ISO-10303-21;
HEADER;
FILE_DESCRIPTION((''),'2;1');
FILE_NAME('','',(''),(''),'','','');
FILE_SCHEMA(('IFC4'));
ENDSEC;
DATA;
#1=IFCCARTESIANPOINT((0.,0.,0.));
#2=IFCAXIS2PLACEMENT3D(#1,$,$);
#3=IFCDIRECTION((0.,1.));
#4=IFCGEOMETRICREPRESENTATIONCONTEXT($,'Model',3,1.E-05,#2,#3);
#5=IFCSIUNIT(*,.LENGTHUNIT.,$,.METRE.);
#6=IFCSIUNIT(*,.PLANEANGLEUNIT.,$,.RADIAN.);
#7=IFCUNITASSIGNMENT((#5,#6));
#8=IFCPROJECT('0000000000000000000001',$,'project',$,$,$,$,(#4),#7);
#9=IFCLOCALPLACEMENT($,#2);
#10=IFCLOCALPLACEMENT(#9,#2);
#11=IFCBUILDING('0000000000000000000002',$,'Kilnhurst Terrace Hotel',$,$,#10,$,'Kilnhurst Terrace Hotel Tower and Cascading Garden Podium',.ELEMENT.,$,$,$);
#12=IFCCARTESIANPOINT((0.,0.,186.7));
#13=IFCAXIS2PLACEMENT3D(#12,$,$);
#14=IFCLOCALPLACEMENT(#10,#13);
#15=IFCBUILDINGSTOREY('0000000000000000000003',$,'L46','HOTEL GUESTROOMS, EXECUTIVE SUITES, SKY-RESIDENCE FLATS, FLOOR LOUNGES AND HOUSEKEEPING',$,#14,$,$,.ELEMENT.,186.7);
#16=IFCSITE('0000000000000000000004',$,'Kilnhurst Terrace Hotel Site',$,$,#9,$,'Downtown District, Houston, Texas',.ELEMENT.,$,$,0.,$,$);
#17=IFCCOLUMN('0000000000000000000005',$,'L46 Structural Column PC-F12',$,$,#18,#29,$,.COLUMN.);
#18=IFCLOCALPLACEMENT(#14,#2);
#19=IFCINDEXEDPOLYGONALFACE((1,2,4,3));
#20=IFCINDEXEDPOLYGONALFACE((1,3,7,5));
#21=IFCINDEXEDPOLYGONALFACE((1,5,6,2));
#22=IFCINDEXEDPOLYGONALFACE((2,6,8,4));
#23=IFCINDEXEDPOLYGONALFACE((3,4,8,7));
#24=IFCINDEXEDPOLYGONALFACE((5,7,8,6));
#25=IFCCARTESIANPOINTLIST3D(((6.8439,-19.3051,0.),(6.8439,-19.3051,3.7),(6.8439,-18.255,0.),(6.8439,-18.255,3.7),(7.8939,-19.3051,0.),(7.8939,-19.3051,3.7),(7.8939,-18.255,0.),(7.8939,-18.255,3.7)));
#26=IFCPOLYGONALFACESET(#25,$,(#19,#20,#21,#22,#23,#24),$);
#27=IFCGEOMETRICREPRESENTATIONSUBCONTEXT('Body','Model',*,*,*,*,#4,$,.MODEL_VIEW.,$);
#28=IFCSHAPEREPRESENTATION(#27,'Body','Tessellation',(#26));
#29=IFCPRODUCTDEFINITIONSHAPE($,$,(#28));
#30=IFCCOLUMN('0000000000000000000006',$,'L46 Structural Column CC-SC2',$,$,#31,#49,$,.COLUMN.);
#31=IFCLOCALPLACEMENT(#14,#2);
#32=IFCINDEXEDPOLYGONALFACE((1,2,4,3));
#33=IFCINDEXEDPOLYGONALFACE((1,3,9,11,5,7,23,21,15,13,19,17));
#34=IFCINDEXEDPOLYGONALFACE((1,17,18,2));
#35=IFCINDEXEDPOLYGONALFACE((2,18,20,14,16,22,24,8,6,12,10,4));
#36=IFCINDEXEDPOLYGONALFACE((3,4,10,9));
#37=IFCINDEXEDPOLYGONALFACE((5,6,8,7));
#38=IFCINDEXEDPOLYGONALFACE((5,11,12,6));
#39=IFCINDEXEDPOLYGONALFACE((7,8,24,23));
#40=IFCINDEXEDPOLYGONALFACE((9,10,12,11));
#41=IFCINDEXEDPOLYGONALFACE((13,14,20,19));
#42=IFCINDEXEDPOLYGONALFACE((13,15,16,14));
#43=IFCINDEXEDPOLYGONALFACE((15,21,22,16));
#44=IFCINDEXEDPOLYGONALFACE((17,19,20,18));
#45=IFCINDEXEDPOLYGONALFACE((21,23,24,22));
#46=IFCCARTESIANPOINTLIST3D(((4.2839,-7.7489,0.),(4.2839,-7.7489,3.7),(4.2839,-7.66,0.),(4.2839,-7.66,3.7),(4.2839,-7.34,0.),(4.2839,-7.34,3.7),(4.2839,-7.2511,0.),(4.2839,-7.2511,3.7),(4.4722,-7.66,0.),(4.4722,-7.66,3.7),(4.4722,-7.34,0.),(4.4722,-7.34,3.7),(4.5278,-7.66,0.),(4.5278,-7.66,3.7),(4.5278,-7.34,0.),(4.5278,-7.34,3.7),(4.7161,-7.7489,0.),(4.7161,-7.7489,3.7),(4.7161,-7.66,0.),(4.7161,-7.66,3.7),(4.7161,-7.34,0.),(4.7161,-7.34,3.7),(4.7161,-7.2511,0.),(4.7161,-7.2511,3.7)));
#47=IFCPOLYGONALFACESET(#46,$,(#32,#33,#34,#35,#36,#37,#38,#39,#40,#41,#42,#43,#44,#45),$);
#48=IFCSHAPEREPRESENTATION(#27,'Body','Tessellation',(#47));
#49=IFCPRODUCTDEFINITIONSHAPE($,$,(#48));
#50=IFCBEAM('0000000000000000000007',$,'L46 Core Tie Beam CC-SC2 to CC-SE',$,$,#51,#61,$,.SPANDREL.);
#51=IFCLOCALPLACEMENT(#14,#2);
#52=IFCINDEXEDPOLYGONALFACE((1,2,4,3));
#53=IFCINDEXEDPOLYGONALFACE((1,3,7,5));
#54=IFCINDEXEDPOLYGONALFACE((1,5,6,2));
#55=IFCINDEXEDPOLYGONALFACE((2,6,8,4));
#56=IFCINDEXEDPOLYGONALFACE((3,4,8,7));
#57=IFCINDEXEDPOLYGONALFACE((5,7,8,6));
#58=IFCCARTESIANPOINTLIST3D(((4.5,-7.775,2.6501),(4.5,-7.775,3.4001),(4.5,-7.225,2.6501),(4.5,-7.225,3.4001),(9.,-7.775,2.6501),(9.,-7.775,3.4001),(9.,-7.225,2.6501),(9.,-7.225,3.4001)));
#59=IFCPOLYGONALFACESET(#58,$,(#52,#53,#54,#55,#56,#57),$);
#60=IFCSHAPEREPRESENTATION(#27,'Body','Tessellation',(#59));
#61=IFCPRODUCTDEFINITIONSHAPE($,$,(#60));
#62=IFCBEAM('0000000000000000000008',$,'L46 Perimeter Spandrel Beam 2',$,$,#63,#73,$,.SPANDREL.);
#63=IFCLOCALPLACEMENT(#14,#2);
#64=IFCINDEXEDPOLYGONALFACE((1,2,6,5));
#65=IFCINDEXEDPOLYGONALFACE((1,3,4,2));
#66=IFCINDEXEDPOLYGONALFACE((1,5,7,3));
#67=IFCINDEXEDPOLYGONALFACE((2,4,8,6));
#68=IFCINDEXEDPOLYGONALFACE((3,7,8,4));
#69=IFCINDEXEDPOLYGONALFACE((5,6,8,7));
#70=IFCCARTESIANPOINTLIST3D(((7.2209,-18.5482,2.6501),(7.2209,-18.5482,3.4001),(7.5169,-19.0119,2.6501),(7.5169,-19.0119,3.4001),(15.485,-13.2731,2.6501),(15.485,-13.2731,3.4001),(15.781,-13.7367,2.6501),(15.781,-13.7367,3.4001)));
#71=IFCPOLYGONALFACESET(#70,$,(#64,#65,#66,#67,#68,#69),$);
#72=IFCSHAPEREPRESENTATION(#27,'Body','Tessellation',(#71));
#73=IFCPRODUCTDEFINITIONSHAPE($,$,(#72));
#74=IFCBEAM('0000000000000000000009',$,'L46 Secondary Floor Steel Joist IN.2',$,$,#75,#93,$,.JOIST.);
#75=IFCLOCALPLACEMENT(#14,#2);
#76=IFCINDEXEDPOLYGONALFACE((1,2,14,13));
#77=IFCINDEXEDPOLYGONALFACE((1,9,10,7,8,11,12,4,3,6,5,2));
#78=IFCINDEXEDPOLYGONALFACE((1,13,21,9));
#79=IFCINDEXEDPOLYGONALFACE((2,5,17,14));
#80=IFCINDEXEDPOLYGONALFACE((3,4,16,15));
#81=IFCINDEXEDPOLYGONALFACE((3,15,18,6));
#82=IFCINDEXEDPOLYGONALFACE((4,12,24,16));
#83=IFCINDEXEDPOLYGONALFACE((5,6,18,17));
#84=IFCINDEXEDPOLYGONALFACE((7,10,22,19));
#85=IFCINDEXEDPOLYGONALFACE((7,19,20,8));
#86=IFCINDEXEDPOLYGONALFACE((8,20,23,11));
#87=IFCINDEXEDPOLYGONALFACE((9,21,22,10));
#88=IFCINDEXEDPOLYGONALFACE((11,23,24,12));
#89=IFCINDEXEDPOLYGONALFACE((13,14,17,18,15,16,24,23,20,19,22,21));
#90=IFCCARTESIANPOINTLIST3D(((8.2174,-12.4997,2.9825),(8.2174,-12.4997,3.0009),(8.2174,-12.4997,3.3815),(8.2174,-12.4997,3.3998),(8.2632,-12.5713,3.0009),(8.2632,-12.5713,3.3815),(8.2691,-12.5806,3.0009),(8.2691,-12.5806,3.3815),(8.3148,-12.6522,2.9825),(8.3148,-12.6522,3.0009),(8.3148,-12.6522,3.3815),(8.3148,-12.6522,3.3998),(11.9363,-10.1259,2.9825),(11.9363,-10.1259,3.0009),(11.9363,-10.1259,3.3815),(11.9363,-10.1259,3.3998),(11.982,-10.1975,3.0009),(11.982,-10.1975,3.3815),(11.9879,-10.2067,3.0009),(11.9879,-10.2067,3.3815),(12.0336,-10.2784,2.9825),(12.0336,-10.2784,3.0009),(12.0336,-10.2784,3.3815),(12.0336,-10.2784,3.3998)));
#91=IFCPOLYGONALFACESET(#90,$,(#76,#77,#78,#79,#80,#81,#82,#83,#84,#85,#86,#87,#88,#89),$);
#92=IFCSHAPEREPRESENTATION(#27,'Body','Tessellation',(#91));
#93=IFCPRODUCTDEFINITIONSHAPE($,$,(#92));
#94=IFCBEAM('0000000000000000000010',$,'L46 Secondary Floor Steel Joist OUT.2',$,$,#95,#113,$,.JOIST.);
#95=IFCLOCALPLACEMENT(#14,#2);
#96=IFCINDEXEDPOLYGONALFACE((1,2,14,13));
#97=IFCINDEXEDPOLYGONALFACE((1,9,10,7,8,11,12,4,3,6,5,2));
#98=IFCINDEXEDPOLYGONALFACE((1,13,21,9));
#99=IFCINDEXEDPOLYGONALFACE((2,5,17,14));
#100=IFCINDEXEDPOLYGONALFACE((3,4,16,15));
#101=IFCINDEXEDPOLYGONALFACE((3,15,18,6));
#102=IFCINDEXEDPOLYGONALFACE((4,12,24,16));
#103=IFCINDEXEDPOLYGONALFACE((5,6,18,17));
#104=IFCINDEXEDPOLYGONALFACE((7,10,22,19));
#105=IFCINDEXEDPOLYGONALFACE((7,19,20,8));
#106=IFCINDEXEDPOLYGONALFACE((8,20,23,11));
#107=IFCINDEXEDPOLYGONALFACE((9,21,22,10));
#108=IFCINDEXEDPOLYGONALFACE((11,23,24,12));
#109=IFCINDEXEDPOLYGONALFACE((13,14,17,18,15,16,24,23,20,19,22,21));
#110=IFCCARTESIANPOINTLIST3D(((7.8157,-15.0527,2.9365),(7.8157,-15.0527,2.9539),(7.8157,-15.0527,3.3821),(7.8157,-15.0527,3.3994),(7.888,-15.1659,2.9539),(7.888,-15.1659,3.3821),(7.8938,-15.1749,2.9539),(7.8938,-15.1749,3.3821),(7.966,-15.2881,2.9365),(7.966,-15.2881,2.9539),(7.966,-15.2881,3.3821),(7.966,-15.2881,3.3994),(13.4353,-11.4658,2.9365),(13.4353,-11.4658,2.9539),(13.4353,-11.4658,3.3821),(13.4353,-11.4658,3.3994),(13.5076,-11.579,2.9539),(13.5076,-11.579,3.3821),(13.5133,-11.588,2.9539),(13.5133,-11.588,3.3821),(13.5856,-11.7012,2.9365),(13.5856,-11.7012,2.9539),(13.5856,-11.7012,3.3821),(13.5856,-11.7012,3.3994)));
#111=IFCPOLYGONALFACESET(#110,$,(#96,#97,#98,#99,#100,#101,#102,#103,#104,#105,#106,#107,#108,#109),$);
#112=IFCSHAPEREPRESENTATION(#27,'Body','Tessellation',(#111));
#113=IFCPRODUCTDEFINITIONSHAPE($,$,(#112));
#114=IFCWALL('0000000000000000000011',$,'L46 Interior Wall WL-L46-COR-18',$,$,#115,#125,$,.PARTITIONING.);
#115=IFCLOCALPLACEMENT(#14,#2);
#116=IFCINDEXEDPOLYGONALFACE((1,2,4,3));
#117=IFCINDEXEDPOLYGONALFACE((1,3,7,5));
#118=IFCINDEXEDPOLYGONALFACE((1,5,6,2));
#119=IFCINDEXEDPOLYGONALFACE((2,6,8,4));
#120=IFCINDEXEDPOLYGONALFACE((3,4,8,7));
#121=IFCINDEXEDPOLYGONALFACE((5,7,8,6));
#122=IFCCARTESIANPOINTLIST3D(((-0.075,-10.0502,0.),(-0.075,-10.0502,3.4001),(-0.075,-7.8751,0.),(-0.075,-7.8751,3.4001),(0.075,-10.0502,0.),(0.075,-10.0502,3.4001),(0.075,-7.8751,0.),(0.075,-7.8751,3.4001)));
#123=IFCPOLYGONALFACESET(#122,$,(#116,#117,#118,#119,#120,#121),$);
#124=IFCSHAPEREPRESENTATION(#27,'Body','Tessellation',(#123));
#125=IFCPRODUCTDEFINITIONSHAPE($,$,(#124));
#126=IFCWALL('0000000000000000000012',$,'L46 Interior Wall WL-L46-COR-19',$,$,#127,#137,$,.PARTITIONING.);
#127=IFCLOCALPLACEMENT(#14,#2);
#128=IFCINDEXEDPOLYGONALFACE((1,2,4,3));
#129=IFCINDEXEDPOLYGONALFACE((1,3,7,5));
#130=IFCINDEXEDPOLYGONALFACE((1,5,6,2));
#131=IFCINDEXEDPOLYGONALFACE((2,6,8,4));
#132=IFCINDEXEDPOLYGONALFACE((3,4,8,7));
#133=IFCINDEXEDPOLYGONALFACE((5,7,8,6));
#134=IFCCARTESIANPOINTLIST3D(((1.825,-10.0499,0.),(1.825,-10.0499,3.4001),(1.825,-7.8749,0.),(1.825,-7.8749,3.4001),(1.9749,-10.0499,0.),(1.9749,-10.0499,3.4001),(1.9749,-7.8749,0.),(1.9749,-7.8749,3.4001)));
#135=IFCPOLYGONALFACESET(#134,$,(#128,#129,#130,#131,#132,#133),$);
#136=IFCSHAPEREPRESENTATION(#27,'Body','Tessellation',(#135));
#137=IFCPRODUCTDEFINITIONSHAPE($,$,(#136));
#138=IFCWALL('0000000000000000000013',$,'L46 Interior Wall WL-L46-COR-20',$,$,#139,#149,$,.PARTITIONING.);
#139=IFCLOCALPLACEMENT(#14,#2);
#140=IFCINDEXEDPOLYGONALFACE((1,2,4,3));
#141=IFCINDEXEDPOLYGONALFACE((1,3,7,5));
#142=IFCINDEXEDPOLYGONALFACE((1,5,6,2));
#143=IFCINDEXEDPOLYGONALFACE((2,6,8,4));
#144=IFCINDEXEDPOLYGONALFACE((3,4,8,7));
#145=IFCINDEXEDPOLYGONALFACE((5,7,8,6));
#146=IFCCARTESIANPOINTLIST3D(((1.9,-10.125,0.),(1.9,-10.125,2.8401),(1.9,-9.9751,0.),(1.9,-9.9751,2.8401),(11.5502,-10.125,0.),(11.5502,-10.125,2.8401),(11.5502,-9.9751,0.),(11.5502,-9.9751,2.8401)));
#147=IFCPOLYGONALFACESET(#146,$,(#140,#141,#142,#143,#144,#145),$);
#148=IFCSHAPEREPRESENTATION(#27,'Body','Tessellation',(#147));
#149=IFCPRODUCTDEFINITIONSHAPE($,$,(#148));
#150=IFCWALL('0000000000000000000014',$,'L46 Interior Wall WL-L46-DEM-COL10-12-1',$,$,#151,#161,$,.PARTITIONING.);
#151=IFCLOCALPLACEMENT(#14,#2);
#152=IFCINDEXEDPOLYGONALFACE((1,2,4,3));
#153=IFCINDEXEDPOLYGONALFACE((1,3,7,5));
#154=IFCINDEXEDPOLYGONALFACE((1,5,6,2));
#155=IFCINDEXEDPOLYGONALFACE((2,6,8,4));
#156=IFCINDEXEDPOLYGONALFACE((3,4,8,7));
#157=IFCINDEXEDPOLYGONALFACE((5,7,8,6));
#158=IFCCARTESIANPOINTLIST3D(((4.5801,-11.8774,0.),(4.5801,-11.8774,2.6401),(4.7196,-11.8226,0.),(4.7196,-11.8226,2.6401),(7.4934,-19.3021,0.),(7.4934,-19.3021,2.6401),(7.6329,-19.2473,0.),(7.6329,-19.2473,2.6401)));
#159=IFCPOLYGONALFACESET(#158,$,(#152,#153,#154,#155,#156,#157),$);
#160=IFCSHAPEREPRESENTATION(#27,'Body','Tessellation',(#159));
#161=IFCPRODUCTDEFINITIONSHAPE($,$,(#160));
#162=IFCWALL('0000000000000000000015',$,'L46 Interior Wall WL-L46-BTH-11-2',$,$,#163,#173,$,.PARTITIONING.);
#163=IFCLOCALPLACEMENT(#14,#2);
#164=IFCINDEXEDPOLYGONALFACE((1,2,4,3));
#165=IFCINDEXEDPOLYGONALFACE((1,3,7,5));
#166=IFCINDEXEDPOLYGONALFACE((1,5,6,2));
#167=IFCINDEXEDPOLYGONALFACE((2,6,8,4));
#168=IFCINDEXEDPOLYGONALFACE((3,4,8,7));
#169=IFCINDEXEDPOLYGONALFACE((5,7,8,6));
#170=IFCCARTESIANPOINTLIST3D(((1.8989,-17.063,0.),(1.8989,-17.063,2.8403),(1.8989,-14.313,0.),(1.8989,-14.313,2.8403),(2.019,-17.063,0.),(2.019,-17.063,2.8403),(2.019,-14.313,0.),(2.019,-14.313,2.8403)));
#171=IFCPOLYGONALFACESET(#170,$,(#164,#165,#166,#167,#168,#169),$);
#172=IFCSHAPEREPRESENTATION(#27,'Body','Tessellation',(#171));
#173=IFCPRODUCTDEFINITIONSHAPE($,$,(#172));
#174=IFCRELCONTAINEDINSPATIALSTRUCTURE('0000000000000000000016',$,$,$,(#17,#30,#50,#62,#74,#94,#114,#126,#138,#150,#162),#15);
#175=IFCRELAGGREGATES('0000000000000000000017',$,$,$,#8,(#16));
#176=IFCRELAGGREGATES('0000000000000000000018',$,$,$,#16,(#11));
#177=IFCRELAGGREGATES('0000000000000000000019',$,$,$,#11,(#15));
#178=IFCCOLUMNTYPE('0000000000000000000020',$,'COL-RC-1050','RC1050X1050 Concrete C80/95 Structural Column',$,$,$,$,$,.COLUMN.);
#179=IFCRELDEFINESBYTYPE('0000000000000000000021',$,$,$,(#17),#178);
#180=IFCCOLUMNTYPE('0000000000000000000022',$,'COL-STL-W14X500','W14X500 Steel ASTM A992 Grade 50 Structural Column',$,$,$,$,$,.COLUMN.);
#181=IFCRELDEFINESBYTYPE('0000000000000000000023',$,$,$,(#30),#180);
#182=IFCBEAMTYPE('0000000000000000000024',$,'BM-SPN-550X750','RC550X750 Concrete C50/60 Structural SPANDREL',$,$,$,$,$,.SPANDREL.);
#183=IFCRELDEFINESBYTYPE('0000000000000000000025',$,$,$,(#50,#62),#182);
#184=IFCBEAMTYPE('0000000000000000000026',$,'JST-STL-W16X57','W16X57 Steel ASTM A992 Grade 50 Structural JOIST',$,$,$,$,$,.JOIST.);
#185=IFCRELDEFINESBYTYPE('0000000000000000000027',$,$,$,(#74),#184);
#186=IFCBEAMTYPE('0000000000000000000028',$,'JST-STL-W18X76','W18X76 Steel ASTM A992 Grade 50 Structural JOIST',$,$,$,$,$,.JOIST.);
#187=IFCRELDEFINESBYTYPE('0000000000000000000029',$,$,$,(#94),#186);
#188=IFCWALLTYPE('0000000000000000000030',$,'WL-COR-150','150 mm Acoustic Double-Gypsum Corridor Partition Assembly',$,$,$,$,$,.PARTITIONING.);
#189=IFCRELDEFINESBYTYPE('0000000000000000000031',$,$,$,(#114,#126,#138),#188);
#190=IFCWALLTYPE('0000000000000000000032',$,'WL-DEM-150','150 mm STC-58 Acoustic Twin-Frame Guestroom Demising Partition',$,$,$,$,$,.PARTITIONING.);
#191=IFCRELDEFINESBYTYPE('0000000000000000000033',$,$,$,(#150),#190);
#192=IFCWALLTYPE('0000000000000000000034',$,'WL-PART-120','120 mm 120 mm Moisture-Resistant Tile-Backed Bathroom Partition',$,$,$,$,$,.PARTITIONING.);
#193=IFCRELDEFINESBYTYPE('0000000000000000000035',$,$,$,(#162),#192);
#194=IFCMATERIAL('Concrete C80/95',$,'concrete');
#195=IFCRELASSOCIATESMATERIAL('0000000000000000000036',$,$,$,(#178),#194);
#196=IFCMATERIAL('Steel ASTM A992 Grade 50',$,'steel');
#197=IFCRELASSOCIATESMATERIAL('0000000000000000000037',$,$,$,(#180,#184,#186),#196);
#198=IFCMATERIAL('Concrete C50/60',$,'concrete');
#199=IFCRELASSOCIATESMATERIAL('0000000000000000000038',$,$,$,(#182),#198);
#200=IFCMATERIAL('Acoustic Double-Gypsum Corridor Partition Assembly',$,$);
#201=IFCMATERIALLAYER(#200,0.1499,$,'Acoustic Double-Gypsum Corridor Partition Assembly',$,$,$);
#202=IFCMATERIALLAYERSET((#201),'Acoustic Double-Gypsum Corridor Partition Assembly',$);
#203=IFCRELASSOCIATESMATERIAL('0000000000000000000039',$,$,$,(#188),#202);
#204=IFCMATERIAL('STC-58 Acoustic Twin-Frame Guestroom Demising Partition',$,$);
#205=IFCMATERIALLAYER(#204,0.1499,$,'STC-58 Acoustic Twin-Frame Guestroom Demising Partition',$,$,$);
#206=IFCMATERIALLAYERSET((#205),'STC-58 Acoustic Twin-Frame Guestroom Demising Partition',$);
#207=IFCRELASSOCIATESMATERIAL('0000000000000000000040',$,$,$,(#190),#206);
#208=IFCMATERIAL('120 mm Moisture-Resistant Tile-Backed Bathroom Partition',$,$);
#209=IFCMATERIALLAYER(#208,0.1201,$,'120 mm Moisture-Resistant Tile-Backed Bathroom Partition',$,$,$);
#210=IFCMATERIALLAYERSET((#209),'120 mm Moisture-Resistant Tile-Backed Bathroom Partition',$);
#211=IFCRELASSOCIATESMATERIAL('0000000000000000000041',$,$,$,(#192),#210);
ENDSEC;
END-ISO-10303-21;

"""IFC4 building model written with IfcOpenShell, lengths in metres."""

from ifc_helpers import new_model, si_unit, direction, frame, frame_2d, origin, origin_2d, place, context, subcontext, project, spatial, rectangle, i_section, extrude, material, layer, layer_set, material_profile, profile_set, type_object, element, save


model = new_model("IFC4")

# Units and contexts
model_context = context("Model", 3, precision=1e-05, world=origin(), true_north=direction((0.0, 1.0)))
body_context = subcontext(model_context, "Body", "Model", "MODEL_VIEW")
ifc_project = project(units=[si_unit("LENGTHUNIT", "METRE"), si_unit("PLANEANGLEUNIT", "RADIAN")], contexts=[model_context])

# Site, building, storey
site_placement = place(None, origin())
site = spatial("IfcSite", under=ifc_project, at=site_placement, Name="Kilnhurst Terrace Hotel Site", LongName="Downtown District, Houston, Texas", CompositionType="ELEMENT", RefElevation=0.0)
building_placement = place(site_placement, origin())
building = spatial("IfcBuilding", under=site, at=building_placement, Name="Kilnhurst Terrace Hotel", LongName="Kilnhurst Terrace Hotel Tower and Cascading Garden Podium", CompositionType="ELEMENT")
storey_placement = place(building_placement, frame((0.0, 0.0, 186.7)))
storey = spatial("IfcBuildingStorey", under=building, at=storey_placement, Name="L46", Description="HOTEL GUESTROOMS, EXECUTIVE SUITES, SKY-RESIDENCE FLATS, FLOOR LOUNGES AND HOUSEKEEPING", CompositionType="ELEMENT", Elevation=186.7)

# Columns
ifc_material_1 = material(Name="Concrete C80/95", Category="concrete")
ifc_material_profile_1 = material_profile(ifc_material_1, rectangle(XDim=1.05, YDim=1.05, at=origin_2d()), Name="RC1050X1050")
ifc_profile_set_1 = profile_set([ifc_material_profile_1], Name="Concrete C80/95")
column_type_1 = type_object("IfcColumnType", Name="COL-RC-1050", Description="RC1050X1050 Concrete C80/95 Structural Column", PredefinedType="COLUMN", material=ifc_profile_set_1)
column_1_placement = place(storey_placement, frame((7.3689, -18.78, 0.0), z_axis=(0.0, 0.0, 1.0), x_axis=(1.0, 0.0, 0.0)))
element("IfcColumn", 1, at=column_1_placement, inside=storey, type_object=column_type_1, Name="L46 Structural Column PC-F12", PredefinedType="COLUMN", context=body_context, shape_type="SweptSolid", body=[
    extrude(rectangle(XDim=1.05, YDim=1.05, at=origin_2d()), origin(), (0.0, 0.0, 1.0), 3.7),
])
ifc_material_2 = material(Name="Steel ASTM A992 Grade 50", Category="steel")
ifc_material_profile_2 = material_profile(ifc_material_2, i_section(OverallWidth=0.4321, OverallDepth=0.4978, WebThickness=0.0557, FlangeThickness=0.0889, at=origin_2d()), Name="W14X500")
ifc_profile_set_2 = profile_set([ifc_material_profile_2], Name="Steel ASTM A992 Grade 50")
column_type_2 = type_object("IfcColumnType", Name="COL-STL-W14X500", Description="W14X500 Steel ASTM A992 Grade 50 Structural Column", PredefinedType="COLUMN", material=ifc_profile_set_2)
column_2_placement = place(storey_placement, frame((4.5, -7.5, 0.0), z_axis=(0.0, 0.0, 1.0), x_axis=(1.0, 0.0, 0.0)))
element("IfcColumn", 2, at=column_2_placement, inside=storey, type_object=column_type_2, Name="L46 Structural Column CC-SC2", PredefinedType="COLUMN", context=body_context, shape_type="SweptSolid", body=[
    extrude(i_section(OverallWidth=0.4321, OverallDepth=0.4978, WebThickness=0.0557, FlangeThickness=0.0889, at=origin_2d()), origin(), (0.0, 0.0, 1.0), 3.7),
])

# Beams
ifc_material_3 = material(Name="Concrete C50/60", Category="concrete")
ifc_material_profile_3 = material_profile(ifc_material_3, rectangle(XDim=0.55, YDim=0.75, at=origin_2d()), Name="RC550X750")
ifc_profile_set_3 = profile_set([ifc_material_profile_3], Name="Concrete C50/60")
beam_type_1 = type_object("IfcBeamType", Name="BM-SPN-550X750", Description="RC550X750 Concrete C50/60 Structural SPANDREL", PredefinedType="SPANDREL", material=ifc_profile_set_3)
beam_1_placement = place(storey_placement, frame((4.5, -7.5, 3.0251), z_axis=(1.0, 0.0, 0.0), x_axis=(0.0, 1.0, 0.0)))
element("IfcBeam", 3, at=beam_1_placement, inside=storey, type_object=beam_type_1, Name="L46 Core Tie Beam CC-SC2 to CC-SE", PredefinedType="SPANDREL", context=body_context, shape_type="SweptSolid", body=[
    extrude(rectangle(XDim=0.55, YDim=0.75, at=origin_2d()), origin(), (0.0, 0.0, 1.0), 4.5),
])
beam_2_placement = place(storey_placement, frame((7.3689, -18.78, 3.0251), z_axis=(0.842915, 0.538046, 0.0), x_axis=(-0.538046, 0.842915, 0.0)))
element("IfcBeam", 4, at=beam_2_placement, inside=storey, type_object=beam_type_1, Name="L46 Perimeter Spandrel Beam 2", PredefinedType="SPANDREL", context=body_context, shape_type="SweptSolid", body=[
    extrude(rectangle(XDim=0.55, YDim=0.75, at=origin_2d()), origin(), (0.0, 0.0, 1.0), 9.8042),
])
ifc_material_profile_4 = material_profile(ifc_material_2, i_section(OverallWidth=0.1809, OverallDepth=0.4172, WebThickness=0.011, FlangeThickness=0.0183, at=origin_2d()), Name="W16X57")
ifc_profile_set_4 = profile_set([ifc_material_profile_4], Name="Steel ASTM A992 Grade 50")
beam_type_2 = type_object("IfcBeamType", Name="JST-STL-W16X57", Description="W16X57 Steel ASTM A992 Grade 50 Structural JOIST", PredefinedType="JOIST", material=ifc_profile_set_4)
beam_3_placement = place(storey_placement, frame((8.2661, -12.5759, 3.1912), z_axis=(0.842911, 0.538053, 0.0), x_axis=(-0.538053, 0.842911, 0.0)))
element("IfcBeam", 5, at=beam_3_placement, inside=storey, type_object=beam_type_2, Name="L46 Secondary Floor Steel Joist IN.2", PredefinedType="JOIST", context=body_context, shape_type="SweptSolid", body=[
    extrude(i_section(OverallWidth=0.1809, OverallDepth=0.4172, WebThickness=0.011, FlangeThickness=0.0183, at=origin_2d()), origin(), (0.0, 0.0, 1.0), 4.4119),
])
ifc_material_profile_5 = material_profile(ifc_material_2, i_section(OverallWidth=0.2793, OverallDepth=0.4629, WebThickness=0.0107, FlangeThickness=0.0173, at=origin_2d()), Name="W18X76")
ifc_profile_set_5 = profile_set([ifc_material_profile_5], Name="Steel ASTM A992 Grade 50")
beam_type_3 = type_object("IfcBeamType", Name="JST-STL-W18X76", Description="W18X76 Steel ASTM A992 Grade 50 Structural JOIST", PredefinedType="JOIST", material=ifc_profile_set_5)
beam_4_placement = place(storey_placement, frame((7.8909, -15.1704, 3.168), z_axis=(0.842928, 0.538027, 0.0), x_axis=(-0.538027, 0.842928, 0.0)))
element("IfcBeam", 6, at=beam_4_placement, inside=storey, type_object=beam_type_3, Name="L46 Secondary Floor Steel Joist OUT.2", PredefinedType="JOIST", context=body_context, shape_type="SweptSolid", body=[
    extrude(i_section(OverallWidth=0.2793, OverallDepth=0.4629, WebThickness=0.0107, FlangeThickness=0.0173, at=origin_2d()), origin(), (0.0, 0.0, 1.0), 6.6667),
])

# Walls
ifc_material_4 = material(Name="Acoustic Double-Gypsum Corridor Partition Assembly")
ifc_layer_1 = layer(ifc_material_4, 0.1499, Name="Acoustic Double-Gypsum Corridor Partition Assembly")
ifc_layer_set_1 = layer_set([ifc_layer_1], Name="Acoustic Double-Gypsum Corridor Partition Assembly")
wall_type_1 = type_object("IfcWallType", Name="WL-COR-150", Description="150 mm Acoustic Double-Gypsum Corridor Partition Assembly", PredefinedType="PARTITIONING", material=ifc_layer_set_1)
for number, where, z_axis, x_axis, name in (
    (7, (0.0, -10.05, 0.0), (0.0, 0.0, 1.0), (0.0, 1.0, 0.0), "L46 Interior Wall WL-L46-COR-18"),
    (8, (1.8999, -7.875, 0.0), (0.0, 0.0, 1.0), (0.0, -1.0, 0.0), "L46 Interior Wall WL-L46-COR-19"),
):
    element("IfcWall", number, at=place(storey_placement, frame(where, z_axis=z_axis, x_axis=x_axis)), inside=storey, type_object=wall_type_1, Name=name, PredefinedType="PARTITIONING", context=body_context, shape_type="SweptSolid", body=[
        extrude(rectangle(XDim=2.175, YDim=0.1499, at=frame_2d((1.0874, 0.0))), origin(), (0.0, 0.0, 1.0), 3.4001),
    ])
wall_1_placement = place(storey_placement, frame((1.8999, -10.05, 0.0), z_axis=(0.0, 0.0, 1.0), x_axis=(1.0, 0.0, 0.0)))
element("IfcWall", 9, at=wall_1_placement, inside=storey, type_object=wall_type_1, Name="L46 Interior Wall WL-L46-COR-20", PredefinedType="PARTITIONING", context=body_context, shape_type="SweptSolid", body=[
    extrude(rectangle(XDim=9.6501, YDim=0.1499, at=frame_2d((4.8252, 0.0))), origin(), (0.0, 0.0, 1.0), 2.8401),
])
ifc_material_5 = material(Name="STC-58 Acoustic Twin-Frame Guestroom Demising Partition")
ifc_layer_2 = layer(ifc_material_5, 0.1499, Name="STC-58 Acoustic Twin-Frame Guestroom Demising Partition")
ifc_layer_set_2 = layer_set([ifc_layer_2], Name="STC-58 Acoustic Twin-Frame Guestroom Demising Partition")
wall_type_2 = type_object("IfcWallType", Name="WL-DEM-150", Description="150 mm STC-58 Acoustic Twin-Frame Guestroom Demising Partition", PredefinedType="PARTITIONING", material=ifc_layer_set_2)
wall_2_placement = place(storey_placement, frame((4.6499, -11.8501, 0.0), z_axis=(0.0, 0.0, 1.0), x_axis=(0.365266, -0.930903, 0.0)))
element("IfcWall", 10, at=wall_2_placement, inside=storey, type_object=wall_type_2, Name="L46 Interior Wall WL-L46-DEM-COL10-12-1", PredefinedType="PARTITIONING", context=body_context, shape_type="SweptSolid", body=[
    extrude(rectangle(XDim=7.9758, YDim=0.1499, at=frame_2d((3.9878, 0.0))), origin(), (0.0, 0.0, 1.0), 2.6401),
])
ifc_material_6 = material(Name="120 mm Moisture-Resistant Tile-Backed Bathroom Partition")
ifc_layer_3 = layer(ifc_material_6, 0.1201, Name="120 mm Moisture-Resistant Tile-Backed Bathroom Partition")
ifc_layer_set_3 = layer_set([ifc_layer_3], Name="120 mm Moisture-Resistant Tile-Backed Bathroom Partition")
wall_type_3 = type_object("IfcWallType", Name="WL-PART-120", Description="120 mm 120 mm Moisture-Resistant Tile-Backed Bathroom Partition", PredefinedType="PARTITIONING", material=ifc_layer_set_3)
wall_3_placement = place(storey_placement, frame((1.959, -17.063, 0.0), z_axis=(0.0, 0.0, 1.0), x_axis=(0.0, 1.0, 0.0)))
element("IfcWall", 11, at=wall_3_placement, inside=storey, type_object=wall_type_3, Name="L46 Interior Wall WL-L46-BTH-11-2", PredefinedType="PARTITIONING", context=body_context, shape_type="SweptSolid", body=[
    extrude(rectangle(XDim=2.75, YDim=0.1201, at=frame_2d((1.375, 0.0))), origin(), (0.0, 0.0, 1.0), 2.8403),
])

save(model, "model.ifc")
